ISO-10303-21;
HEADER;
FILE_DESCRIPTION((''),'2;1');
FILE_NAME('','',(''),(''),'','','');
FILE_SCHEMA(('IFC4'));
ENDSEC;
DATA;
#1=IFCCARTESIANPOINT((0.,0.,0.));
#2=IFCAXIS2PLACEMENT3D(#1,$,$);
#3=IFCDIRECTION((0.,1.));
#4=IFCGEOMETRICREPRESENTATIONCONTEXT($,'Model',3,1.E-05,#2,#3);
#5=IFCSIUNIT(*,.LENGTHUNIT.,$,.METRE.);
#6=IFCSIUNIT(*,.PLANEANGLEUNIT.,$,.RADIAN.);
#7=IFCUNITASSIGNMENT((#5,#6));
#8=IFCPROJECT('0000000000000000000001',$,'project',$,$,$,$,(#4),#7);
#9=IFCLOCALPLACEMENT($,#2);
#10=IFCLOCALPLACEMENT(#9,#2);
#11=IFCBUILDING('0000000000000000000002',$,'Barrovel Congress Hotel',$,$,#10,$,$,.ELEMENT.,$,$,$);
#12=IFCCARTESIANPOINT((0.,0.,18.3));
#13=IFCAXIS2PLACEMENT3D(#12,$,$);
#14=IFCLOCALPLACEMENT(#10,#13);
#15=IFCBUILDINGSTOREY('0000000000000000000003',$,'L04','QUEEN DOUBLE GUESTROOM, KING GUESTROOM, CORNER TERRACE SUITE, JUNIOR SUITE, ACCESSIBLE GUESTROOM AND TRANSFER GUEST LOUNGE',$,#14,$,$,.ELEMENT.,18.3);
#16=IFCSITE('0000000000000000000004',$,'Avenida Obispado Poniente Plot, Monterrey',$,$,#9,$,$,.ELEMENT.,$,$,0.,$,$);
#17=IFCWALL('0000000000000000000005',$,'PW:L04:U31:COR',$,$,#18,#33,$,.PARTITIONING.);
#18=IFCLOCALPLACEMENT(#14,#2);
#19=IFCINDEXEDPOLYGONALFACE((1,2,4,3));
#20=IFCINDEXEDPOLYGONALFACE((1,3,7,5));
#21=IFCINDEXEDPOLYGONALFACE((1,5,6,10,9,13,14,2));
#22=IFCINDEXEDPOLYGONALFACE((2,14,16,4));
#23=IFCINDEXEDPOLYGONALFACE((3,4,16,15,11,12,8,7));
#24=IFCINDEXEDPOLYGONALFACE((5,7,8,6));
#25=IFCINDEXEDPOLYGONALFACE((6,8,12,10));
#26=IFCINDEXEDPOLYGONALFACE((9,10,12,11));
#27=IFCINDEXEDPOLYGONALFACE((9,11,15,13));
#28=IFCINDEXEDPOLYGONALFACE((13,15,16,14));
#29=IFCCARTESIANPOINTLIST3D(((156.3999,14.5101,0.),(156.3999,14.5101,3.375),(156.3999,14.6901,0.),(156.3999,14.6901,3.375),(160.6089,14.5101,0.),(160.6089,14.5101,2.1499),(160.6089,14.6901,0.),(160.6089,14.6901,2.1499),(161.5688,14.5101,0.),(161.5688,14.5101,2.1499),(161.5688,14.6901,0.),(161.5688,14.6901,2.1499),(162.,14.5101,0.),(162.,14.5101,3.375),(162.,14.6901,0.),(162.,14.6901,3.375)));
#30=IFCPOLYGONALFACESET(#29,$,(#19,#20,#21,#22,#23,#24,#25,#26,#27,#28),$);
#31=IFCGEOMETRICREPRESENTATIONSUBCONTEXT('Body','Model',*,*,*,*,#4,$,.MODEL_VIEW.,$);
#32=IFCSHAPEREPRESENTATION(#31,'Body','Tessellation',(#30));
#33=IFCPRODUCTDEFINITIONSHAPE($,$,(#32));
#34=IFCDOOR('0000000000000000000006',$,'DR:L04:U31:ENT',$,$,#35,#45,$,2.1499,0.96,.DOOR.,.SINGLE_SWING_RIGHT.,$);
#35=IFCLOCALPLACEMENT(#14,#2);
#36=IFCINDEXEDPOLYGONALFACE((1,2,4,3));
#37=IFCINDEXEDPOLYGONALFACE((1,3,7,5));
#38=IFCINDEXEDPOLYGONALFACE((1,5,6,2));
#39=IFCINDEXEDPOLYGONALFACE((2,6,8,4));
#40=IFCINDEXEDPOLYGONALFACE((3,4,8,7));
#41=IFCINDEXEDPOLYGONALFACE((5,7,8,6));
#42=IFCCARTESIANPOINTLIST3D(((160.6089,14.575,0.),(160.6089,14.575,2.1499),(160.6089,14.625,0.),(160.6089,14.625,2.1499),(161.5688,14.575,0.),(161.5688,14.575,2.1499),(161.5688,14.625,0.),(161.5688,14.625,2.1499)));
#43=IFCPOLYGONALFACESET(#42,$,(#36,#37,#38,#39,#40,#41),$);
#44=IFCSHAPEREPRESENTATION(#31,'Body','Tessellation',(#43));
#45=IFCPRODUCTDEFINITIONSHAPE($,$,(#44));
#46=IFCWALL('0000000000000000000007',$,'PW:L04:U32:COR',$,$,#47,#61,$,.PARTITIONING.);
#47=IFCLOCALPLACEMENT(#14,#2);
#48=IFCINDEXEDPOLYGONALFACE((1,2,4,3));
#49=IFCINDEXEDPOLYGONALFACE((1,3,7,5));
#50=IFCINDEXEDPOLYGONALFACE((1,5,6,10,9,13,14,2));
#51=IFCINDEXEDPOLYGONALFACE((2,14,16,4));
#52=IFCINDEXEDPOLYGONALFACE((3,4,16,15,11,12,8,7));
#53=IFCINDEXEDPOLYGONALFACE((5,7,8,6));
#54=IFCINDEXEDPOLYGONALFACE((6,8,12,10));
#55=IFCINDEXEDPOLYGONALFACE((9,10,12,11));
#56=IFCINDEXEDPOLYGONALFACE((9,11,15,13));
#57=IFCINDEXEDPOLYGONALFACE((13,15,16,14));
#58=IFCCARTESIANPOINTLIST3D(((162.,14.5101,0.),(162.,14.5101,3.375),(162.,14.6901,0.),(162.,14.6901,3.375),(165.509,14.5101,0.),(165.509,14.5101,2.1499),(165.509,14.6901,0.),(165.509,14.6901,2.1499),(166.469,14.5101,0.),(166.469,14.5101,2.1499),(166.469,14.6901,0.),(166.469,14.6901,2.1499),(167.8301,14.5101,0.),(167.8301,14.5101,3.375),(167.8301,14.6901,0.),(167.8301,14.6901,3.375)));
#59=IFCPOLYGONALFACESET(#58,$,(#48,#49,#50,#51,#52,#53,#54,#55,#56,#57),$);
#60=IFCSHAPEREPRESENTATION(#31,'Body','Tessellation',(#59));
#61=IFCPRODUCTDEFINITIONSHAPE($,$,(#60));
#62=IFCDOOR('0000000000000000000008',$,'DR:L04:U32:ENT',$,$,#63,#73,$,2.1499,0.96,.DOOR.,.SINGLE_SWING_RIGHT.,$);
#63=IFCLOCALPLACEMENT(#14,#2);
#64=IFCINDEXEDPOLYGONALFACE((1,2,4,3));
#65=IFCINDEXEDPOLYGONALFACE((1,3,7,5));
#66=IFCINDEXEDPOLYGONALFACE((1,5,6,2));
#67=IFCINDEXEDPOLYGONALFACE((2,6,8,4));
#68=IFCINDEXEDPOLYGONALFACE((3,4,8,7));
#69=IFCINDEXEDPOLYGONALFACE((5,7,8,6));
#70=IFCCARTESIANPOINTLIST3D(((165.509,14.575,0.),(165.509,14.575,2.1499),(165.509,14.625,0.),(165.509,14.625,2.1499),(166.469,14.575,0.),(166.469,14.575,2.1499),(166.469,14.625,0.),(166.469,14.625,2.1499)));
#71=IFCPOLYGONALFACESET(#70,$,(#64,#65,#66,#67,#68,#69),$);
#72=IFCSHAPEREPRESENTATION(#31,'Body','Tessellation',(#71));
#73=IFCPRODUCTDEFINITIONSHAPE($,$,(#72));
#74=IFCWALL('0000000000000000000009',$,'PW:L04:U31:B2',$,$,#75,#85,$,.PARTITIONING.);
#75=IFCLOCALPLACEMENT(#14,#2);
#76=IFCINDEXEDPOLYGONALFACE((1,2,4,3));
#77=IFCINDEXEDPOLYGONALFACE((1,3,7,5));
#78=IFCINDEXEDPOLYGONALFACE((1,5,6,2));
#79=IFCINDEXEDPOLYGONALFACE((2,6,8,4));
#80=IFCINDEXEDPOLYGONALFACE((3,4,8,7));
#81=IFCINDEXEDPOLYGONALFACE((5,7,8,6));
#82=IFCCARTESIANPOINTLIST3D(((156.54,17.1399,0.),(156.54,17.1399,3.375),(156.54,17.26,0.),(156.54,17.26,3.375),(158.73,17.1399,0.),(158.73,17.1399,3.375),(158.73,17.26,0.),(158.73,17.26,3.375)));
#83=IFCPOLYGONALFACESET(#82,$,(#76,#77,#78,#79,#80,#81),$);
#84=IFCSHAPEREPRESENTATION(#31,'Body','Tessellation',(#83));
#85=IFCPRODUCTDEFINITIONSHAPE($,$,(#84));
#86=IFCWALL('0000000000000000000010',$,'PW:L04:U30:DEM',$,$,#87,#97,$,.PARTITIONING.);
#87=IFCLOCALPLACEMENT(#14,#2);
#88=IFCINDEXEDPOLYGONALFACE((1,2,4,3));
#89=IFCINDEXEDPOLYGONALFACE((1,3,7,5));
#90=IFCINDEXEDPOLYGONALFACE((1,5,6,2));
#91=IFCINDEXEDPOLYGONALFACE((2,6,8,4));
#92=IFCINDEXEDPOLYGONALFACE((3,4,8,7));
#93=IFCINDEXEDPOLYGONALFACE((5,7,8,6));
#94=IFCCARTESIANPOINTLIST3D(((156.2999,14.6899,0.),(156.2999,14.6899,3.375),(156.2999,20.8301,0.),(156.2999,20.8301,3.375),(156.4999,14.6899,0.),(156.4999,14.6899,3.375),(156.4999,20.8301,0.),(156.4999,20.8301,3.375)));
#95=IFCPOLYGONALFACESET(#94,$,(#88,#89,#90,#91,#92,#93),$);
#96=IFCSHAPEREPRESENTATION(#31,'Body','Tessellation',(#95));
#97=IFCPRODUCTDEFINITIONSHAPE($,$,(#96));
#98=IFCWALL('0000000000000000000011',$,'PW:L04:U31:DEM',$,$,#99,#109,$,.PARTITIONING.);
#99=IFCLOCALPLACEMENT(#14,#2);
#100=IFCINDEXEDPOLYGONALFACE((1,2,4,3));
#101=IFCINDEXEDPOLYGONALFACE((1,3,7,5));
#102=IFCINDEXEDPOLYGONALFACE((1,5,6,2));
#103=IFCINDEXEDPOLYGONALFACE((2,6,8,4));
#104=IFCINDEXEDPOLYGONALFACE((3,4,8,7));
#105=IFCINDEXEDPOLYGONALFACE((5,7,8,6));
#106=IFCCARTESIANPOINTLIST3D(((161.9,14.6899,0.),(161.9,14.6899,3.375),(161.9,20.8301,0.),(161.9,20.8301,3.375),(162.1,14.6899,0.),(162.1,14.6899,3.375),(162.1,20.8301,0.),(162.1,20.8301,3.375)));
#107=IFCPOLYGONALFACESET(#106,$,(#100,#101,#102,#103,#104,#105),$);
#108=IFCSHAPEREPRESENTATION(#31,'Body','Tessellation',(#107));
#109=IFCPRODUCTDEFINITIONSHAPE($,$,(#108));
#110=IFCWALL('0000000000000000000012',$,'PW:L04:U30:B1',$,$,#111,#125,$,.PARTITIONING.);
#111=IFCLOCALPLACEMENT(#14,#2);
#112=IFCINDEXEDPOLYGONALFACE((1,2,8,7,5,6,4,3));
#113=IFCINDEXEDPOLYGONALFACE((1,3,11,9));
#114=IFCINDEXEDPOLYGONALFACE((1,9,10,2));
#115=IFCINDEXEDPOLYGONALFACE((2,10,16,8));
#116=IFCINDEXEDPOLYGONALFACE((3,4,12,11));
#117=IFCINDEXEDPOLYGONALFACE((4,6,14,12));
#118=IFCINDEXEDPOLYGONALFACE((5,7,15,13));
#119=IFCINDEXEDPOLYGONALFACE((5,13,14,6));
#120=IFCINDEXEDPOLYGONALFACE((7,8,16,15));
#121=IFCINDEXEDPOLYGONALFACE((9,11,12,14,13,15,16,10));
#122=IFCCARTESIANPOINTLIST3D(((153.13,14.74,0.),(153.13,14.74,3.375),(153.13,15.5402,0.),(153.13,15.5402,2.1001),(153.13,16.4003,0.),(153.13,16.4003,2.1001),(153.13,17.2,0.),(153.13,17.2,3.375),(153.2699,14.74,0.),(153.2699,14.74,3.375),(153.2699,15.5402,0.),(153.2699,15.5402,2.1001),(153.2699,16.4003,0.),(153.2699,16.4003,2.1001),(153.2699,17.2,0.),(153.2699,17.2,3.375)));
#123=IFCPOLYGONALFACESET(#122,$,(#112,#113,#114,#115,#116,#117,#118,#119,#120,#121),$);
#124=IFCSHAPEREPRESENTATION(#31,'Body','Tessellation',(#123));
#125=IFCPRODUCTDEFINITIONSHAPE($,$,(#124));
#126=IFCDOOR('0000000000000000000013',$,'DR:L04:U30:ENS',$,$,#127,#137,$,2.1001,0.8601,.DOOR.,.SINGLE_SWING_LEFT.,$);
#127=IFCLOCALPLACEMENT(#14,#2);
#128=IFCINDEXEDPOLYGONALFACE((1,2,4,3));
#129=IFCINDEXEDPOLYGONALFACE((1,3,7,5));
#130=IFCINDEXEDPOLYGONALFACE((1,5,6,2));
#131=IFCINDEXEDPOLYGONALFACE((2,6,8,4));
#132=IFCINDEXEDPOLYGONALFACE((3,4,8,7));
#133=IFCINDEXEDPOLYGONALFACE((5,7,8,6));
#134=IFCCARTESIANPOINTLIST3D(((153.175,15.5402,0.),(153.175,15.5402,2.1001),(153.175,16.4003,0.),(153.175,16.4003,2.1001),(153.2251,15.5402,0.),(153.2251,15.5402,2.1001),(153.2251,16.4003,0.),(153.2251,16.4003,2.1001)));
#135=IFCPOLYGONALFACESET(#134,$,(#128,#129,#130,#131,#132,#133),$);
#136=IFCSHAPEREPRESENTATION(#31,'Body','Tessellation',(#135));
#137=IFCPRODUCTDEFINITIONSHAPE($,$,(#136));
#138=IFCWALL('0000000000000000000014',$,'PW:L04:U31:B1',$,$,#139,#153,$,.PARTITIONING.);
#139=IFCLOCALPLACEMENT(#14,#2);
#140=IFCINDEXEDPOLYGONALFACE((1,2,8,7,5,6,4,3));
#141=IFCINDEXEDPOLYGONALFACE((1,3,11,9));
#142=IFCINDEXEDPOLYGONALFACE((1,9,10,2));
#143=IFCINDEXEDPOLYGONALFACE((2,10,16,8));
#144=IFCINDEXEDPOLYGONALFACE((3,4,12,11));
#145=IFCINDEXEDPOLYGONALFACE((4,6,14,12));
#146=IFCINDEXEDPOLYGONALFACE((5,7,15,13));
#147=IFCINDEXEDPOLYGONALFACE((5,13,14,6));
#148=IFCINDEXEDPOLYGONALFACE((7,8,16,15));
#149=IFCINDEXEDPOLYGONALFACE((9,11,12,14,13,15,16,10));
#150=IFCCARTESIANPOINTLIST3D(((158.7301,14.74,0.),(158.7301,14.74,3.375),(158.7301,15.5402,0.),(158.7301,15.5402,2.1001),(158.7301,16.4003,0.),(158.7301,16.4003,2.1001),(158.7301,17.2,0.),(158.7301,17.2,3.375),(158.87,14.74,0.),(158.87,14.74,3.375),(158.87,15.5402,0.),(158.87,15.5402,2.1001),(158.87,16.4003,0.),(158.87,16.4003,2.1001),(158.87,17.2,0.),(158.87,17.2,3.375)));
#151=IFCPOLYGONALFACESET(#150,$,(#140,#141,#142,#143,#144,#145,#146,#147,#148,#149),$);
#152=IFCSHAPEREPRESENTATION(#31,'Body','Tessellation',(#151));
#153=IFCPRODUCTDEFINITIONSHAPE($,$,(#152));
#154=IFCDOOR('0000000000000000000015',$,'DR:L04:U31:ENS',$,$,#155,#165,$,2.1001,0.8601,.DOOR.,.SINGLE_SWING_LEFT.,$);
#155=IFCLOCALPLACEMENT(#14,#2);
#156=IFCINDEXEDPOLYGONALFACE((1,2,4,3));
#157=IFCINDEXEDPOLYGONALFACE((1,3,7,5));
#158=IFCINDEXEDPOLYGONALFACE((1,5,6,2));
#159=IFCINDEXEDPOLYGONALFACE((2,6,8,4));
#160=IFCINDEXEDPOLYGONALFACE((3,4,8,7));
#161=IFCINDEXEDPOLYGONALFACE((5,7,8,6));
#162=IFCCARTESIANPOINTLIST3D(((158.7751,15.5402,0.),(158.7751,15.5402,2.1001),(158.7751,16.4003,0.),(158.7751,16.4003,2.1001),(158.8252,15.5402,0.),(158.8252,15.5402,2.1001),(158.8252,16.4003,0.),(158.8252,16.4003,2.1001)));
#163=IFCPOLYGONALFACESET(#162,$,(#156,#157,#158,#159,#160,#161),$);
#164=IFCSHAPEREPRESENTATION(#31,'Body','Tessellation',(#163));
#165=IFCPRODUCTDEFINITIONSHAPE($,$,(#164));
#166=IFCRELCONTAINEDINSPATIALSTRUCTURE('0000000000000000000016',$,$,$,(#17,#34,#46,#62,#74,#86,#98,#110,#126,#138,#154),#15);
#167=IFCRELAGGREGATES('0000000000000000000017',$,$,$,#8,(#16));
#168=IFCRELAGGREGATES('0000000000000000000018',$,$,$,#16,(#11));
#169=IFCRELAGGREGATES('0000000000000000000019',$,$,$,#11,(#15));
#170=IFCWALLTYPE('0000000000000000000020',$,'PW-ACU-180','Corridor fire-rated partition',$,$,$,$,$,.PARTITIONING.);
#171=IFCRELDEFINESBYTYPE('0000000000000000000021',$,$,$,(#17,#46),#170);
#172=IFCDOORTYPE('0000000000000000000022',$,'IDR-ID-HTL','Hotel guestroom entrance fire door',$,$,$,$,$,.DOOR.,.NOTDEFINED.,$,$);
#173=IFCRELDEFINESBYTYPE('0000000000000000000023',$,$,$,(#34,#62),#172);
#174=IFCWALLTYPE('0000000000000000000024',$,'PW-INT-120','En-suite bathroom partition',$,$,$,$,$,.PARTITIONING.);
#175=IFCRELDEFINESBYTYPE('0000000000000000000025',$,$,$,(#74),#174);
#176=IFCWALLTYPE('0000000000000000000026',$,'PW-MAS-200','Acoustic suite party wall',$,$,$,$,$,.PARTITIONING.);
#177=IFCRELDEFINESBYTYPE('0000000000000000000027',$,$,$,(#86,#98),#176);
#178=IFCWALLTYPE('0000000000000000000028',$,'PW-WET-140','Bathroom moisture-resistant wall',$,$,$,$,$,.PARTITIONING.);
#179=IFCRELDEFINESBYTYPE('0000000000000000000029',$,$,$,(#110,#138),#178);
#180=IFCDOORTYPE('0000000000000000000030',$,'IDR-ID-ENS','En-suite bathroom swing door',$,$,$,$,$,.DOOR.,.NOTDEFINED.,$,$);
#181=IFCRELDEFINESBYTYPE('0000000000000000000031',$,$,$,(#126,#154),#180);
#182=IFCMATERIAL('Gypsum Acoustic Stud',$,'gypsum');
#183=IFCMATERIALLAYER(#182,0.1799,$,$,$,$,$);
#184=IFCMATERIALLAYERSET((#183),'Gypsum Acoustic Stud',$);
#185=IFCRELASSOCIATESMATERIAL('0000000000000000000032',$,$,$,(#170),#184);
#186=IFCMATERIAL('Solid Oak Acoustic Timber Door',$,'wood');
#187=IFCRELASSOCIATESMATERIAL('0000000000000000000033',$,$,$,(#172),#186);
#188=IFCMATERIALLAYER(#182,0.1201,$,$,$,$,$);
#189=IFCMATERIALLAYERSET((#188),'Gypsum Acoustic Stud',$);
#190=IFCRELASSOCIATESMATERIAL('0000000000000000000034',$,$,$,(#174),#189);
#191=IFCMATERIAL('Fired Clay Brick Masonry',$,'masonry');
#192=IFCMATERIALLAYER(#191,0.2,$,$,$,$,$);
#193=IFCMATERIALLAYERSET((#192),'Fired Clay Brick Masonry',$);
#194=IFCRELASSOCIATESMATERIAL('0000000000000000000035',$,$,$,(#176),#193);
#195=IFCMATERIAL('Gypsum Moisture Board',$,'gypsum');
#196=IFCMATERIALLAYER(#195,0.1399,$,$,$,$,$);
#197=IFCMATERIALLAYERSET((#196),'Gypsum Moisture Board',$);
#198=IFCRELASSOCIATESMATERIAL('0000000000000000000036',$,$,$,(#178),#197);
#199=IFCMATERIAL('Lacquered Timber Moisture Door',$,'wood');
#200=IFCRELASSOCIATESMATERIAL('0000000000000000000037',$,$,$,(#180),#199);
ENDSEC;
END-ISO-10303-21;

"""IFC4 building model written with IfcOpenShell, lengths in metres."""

from ifc_helpers import new_model, si_unit, direction, frame, frame_2d, origin, place, context, subcontext, project, spatial, rectangle, extrude, material, layer, layer_set, type_object, element, fill, save


model = new_model("IFC4")

# Units and contexts
model_context = context("Model", 3, precision=1e-05, world=origin(), true_north=direction((0.0, 1.0)))
body_context = subcontext(model_context, "Body", "Model", "MODEL_VIEW")
ifc_project = project(units=[si_unit("LENGTHUNIT", "METRE"), si_unit("PLANEANGLEUNIT", "RADIAN")], contexts=[model_context])

# Site, building, storey
site_placement = place(None, origin())
site = spatial("IfcSite", under=ifc_project, at=site_placement, Name="Avenida Obispado Poniente Plot, Monterrey", CompositionType="ELEMENT", RefElevation=0.0)
building_placement = place(site_placement, origin())
building = spatial("IfcBuilding", under=site, at=building_placement, Name="Barrovel Congress Hotel", CompositionType="ELEMENT")
storey_placement = place(building_placement, frame((0.0, 0.0, 18.3)))
storey = spatial("IfcBuildingStorey", under=building, at=storey_placement, Name="L04", Description="QUEEN DOUBLE GUESTROOM, KING GUESTROOM, CORNER TERRACE SUITE, JUNIOR SUITE, ACCESSIBLE GUESTROOM AND TRANSFER GUEST LOUNGE", CompositionType="ELEMENT", Elevation=18.3)

# Shared definitions
ifc_material_1 = material(Name="Fired Clay Brick Masonry", Category="masonry")

# Walls, openings, doors
ifc_material_2 = material(Name="Gypsum Acoustic Stud", Category="gypsum")
ifc_layer_1 = layer(ifc_material_2, 0.1799)
ifc_layer_set_1 = layer_set([ifc_layer_1], Name="Gypsum Acoustic Stud")
wall_type_1 = type_object("IfcWallType", Name="PW-ACU-180", Description="Corridor fire-rated partition", PredefinedType="PARTITIONING", material=ifc_layer_set_1)
wall_1_placement = place(storey_placement, frame((156.3999, 14.6001, 0.0), z_axis=(0.0, 0.0, 1.0), x_axis=(1.0, 0.0, 0.0)))
wall_1 = element("IfcWall", 1, at=wall_1_placement, inside=storey, type_object=wall_type_1, Name="PW:L04:U31:COR", PredefinedType="PARTITIONING", context=body_context, shape_type="SweptSolid", body=[
    extrude(rectangle(XDim=5.6001, YDim=0.1799, at=frame_2d((2.8, 0.0))), origin(), (0.0, 0.0, 1.0), 3.375),
])
opening_1_placement = place(wall_1_placement, frame((4.209, 0.0, 0.0)))
opening_1 = element("IfcOpeningElement", 2, at=opening_1_placement, cuts=wall_1, PredefinedType="OPENING", context=body_context, shape_type="SweptSolid", body=[
    extrude(rectangle(XDim=0.96, YDim=2.1499, at=frame_2d((0.48, 1.075))), frame((0.0, 0.1001, 0.0), z_axis=(0.0, -1.0, 0.0), x_axis=(1.0, 0.0, 0.0)), (0.0, 0.0, 1.0), 0.2),
])
ifc_material_3 = material(Name="Solid Oak Acoustic Timber Door", Category="wood")
door_type_1 = type_object("IfcDoorType", Name="IDR-ID-HTL", Description="Hotel guestroom entrance fire door", OperationType="NOTDEFINED", PredefinedType="DOOR", material=ifc_material_3)
door_1_placement = place(opening_1_placement, origin())
door_1 = element("IfcDoor", 3, at=door_1_placement, inside=storey, type_object=door_type_1, Name="DR:L04:U31:ENT", OperationType="SINGLE_SWING_RIGHT", OverallHeight=2.1499, OverallWidth=0.96, PredefinedType="DOOR", context=body_context, shape_type="SweptSolid", body=[
    extrude(rectangle(XDim=0.96, YDim=2.1499, at=frame_2d((0.48, 1.075))), frame((0.0, 0.0249, 0.0), z_axis=(0.0, -1.0, 0.0), x_axis=(1.0, 0.0, 0.0)), (0.0, 0.0, 1.0), 0.05),
])
fill(opening_1, door_1)
wall_2_placement = place(storey_placement, frame((162.0, 14.6001, 0.0), z_axis=(0.0, 0.0, 1.0), x_axis=(1.0, 0.0, 0.0)))
wall_2 = element("IfcWall", 4, at=wall_2_placement, inside=storey, type_object=wall_type_1, Name="PW:L04:U32:COR", PredefinedType="PARTITIONING", context=body_context, shape_type="SweptSolid", body=[
    extrude(rectangle(XDim=5.8301, YDim=0.1799, at=frame_2d((2.915, 0.0))), origin(), (0.0, 0.0, 1.0), 3.375),
])
opening_2_placement = place(wall_2_placement, frame((3.509, 0.0, 0.0)))
opening_2 = element("IfcOpeningElement", 5, at=opening_2_placement, cuts=wall_2, PredefinedType="OPENING", context=body_context, shape_type="SweptSolid", body=[
    extrude(rectangle(XDim=0.96, YDim=2.1499, at=frame_2d((0.48, 1.075))), frame((0.0, 0.1001, 0.0), z_axis=(0.0, -1.0, 0.0), x_axis=(1.0, 0.0, 0.0)), (0.0, 0.0, 1.0), 0.2),
])
door_2_placement = place(opening_2_placement, origin())
door_2 = element("IfcDoor", 6, at=door_2_placement, inside=storey, type_object=door_type_1, Name="DR:L04:U32:ENT", OperationType="SINGLE_SWING_RIGHT", OverallHeight=2.1499, OverallWidth=0.96, PredefinedType="DOOR", context=body_context, shape_type="SweptSolid", body=[
    extrude(rectangle(XDim=0.96, YDim=2.1499, at=frame_2d((0.48, 1.075))), frame((0.0, 0.0249, 0.0), z_axis=(0.0, -1.0, 0.0), x_axis=(1.0, 0.0, 0.0)), (0.0, 0.0, 1.0), 0.05),
])
fill(opening_2, door_2)

# Walls
ifc_layer_2 = layer(ifc_material_2, 0.1201)
ifc_layer_set_2 = layer_set([ifc_layer_2], Name="Gypsum Acoustic Stud")
wall_type_2 = type_object("IfcWallType", Name="PW-INT-120", Description="En-suite bathroom partition", PredefinedType="PARTITIONING", material=ifc_layer_set_2)
wall_3_placement = place(storey_placement, frame((156.54, 17.2, 0.0), z_axis=(0.0, 0.0, 1.0), x_axis=(1.0, 0.0, 0.0)))
element("IfcWall", 7, at=wall_3_placement, inside=storey, type_object=wall_type_2, Name="PW:L04:U31:B2", PredefinedType="PARTITIONING", context=body_context, shape_type="SweptSolid", body=[
    extrude(rectangle(XDim=2.1899, YDim=0.1201, at=frame_2d((1.095, 0.0))), origin(), (0.0, 0.0, 1.0), 3.375),
])
ifc_layer_3 = layer(ifc_material_1, 0.2)
ifc_layer_set_3 = layer_set([ifc_layer_3], Name="Fired Clay Brick Masonry")
wall_type_3 = type_object("IfcWallType", Name="PW-MAS-200", Description="Acoustic suite party wall", PredefinedType="PARTITIONING", material=ifc_layer_set_3)
for number, where, z_axis, x_axis, name in (
    (8, (156.3999, 14.6899, 0.0), (0.0, 0.0, 1.0), (0.0, 1.0, 0.0), "PW:L04:U30:DEM"),
    (9, (162.0, 14.6899, 0.0), (0.0, 0.0, 1.0), (0.0, 1.0, 0.0), "PW:L04:U31:DEM"),
):
    element("IfcWall", number, at=place(storey_placement, frame(where, z_axis=z_axis, x_axis=x_axis)), inside=storey, type_object=wall_type_3, Name=name, PredefinedType="PARTITIONING", context=body_context, shape_type="SweptSolid", body=[
        extrude(rectangle(XDim=6.1401, YDim=0.2, at=frame_2d((3.0701, 0.0))), origin(), (0.0, 0.0, 1.0), 3.375),
    ])

# Walls, openings, doors
ifc_material_4 = material(Name="Gypsum Moisture Board", Category="gypsum")
ifc_layer_4 = layer(ifc_material_4, 0.1399)
ifc_layer_set_4 = layer_set([ifc_layer_4], Name="Gypsum Moisture Board")
wall_type_4 = type_object("IfcWallType", Name="PW-WET-140", Description="Bathroom moisture-resistant wall", PredefinedType="PARTITIONING", material=ifc_layer_set_4)
wall_4_placement = place(storey_placement, frame((153.2, 14.74, 0.0), z_axis=(0.0, 0.0, 1.0), x_axis=(0.0, 1.0, 0.0)))
wall_4 = element("IfcWall", 10, at=wall_4_placement, inside=storey, type_object=wall_type_4, Name="PW:L04:U30:B1", PredefinedType="PARTITIONING", context=body_context, shape_type="SweptSolid", body=[
    extrude(rectangle(XDim=2.46, YDim=0.1399, at=frame_2d((1.23, 0.0))), origin(), (0.0, 0.0, 1.0), 3.375),
])
opening_3_placement = place(wall_4_placement, frame((0.8, 0.0, 0.0)))
opening_3 = element("IfcOpeningElement", 11, at=opening_3_placement, cuts=wall_4, PredefinedType="OPENING", context=body_context, shape_type="SweptSolid", body=[
    extrude(rectangle(XDim=0.8601, YDim=2.1001, at=frame_2d((0.4302, 1.05))), frame((0.0, 0.0801, 0.0), z_axis=(0.0, -1.0, 0.0), x_axis=(1.0, 0.0, 0.0)), (0.0, 0.0, 1.0), 0.1599),
])
ifc_material_5 = material(Name="Lacquered Timber Moisture Door", Category="wood")
door_type_2 = type_object("IfcDoorType", Name="IDR-ID-ENS", Description="En-suite bathroom swing door", OperationType="NOTDEFINED", PredefinedType="DOOR", material=ifc_material_5)
door_3_placement = place(opening_3_placement, origin())
door_3 = element("IfcDoor", 12, at=door_3_placement, inside=storey, type_object=door_type_2, Name="DR:L04:U30:ENS", OperationType="SINGLE_SWING_LEFT", OverallHeight=2.1001, OverallWidth=0.8601, PredefinedType="DOOR", context=body_context, shape_type="SweptSolid", body=[
    extrude(rectangle(XDim=0.8601, YDim=2.1001, at=frame_2d((0.4302, 1.05))), frame((0.0, 0.0249, 0.0), z_axis=(0.0, -1.0, 0.0), x_axis=(1.0, 0.0, 0.0)), (0.0, 0.0, 1.0), 0.05),
])
fill(opening_3, door_3)
wall_5_placement = place(storey_placement, frame((158.8, 14.74, 0.0), z_axis=(0.0, 0.0, 1.0), x_axis=(0.0, 1.0, 0.0)))
wall_5 = element("IfcWall", 13, at=wall_5_placement, inside=storey, type_object=wall_type_4, Name="PW:L04:U31:B1", PredefinedType="PARTITIONING", context=body_context, shape_type="SweptSolid", body=[
    extrude(rectangle(XDim=2.46, YDim=0.1399, at=frame_2d((1.23, 0.0))), origin(), (0.0, 0.0, 1.0), 3.375),
])
opening_4_placement = place(wall_5_placement, frame((0.8, 0.0, 0.0)))
opening_4 = element("IfcOpeningElement", 14, at=opening_4_placement, cuts=wall_5, PredefinedType="OPENING", context=body_context, shape_type="SweptSolid", body=[
    extrude(rectangle(XDim=0.8601, YDim=2.1001, at=frame_2d((0.4302, 1.05))), frame((0.0, 0.0801, 0.0), z_axis=(0.0, -1.0, 0.0), x_axis=(1.0, 0.0, 0.0)), (0.0, 0.0, 1.0), 0.1599),
])
door_4_placement = place(opening_4_placement, origin())
door_4 = element("IfcDoor", 15, at=door_4_placement, inside=storey, type_object=door_type_2, Name="DR:L04:U31:ENS", OperationType="SINGLE_SWING_LEFT", OverallHeight=2.1001, OverallWidth=0.8601, PredefinedType="DOOR", context=body_context, shape_type="SweptSolid", body=[
    extrude(rectangle(XDim=0.8601, YDim=2.1001, at=frame_2d((0.4302, 1.05))), frame((0.0, 0.0249, 0.0), z_axis=(0.0, -1.0, 0.0), x_axis=(1.0, 0.0, 0.0)), (0.0, 0.0, 1.0), 0.05),
])
fill(opening_4, door_4)

save(model, "model.ifc")
